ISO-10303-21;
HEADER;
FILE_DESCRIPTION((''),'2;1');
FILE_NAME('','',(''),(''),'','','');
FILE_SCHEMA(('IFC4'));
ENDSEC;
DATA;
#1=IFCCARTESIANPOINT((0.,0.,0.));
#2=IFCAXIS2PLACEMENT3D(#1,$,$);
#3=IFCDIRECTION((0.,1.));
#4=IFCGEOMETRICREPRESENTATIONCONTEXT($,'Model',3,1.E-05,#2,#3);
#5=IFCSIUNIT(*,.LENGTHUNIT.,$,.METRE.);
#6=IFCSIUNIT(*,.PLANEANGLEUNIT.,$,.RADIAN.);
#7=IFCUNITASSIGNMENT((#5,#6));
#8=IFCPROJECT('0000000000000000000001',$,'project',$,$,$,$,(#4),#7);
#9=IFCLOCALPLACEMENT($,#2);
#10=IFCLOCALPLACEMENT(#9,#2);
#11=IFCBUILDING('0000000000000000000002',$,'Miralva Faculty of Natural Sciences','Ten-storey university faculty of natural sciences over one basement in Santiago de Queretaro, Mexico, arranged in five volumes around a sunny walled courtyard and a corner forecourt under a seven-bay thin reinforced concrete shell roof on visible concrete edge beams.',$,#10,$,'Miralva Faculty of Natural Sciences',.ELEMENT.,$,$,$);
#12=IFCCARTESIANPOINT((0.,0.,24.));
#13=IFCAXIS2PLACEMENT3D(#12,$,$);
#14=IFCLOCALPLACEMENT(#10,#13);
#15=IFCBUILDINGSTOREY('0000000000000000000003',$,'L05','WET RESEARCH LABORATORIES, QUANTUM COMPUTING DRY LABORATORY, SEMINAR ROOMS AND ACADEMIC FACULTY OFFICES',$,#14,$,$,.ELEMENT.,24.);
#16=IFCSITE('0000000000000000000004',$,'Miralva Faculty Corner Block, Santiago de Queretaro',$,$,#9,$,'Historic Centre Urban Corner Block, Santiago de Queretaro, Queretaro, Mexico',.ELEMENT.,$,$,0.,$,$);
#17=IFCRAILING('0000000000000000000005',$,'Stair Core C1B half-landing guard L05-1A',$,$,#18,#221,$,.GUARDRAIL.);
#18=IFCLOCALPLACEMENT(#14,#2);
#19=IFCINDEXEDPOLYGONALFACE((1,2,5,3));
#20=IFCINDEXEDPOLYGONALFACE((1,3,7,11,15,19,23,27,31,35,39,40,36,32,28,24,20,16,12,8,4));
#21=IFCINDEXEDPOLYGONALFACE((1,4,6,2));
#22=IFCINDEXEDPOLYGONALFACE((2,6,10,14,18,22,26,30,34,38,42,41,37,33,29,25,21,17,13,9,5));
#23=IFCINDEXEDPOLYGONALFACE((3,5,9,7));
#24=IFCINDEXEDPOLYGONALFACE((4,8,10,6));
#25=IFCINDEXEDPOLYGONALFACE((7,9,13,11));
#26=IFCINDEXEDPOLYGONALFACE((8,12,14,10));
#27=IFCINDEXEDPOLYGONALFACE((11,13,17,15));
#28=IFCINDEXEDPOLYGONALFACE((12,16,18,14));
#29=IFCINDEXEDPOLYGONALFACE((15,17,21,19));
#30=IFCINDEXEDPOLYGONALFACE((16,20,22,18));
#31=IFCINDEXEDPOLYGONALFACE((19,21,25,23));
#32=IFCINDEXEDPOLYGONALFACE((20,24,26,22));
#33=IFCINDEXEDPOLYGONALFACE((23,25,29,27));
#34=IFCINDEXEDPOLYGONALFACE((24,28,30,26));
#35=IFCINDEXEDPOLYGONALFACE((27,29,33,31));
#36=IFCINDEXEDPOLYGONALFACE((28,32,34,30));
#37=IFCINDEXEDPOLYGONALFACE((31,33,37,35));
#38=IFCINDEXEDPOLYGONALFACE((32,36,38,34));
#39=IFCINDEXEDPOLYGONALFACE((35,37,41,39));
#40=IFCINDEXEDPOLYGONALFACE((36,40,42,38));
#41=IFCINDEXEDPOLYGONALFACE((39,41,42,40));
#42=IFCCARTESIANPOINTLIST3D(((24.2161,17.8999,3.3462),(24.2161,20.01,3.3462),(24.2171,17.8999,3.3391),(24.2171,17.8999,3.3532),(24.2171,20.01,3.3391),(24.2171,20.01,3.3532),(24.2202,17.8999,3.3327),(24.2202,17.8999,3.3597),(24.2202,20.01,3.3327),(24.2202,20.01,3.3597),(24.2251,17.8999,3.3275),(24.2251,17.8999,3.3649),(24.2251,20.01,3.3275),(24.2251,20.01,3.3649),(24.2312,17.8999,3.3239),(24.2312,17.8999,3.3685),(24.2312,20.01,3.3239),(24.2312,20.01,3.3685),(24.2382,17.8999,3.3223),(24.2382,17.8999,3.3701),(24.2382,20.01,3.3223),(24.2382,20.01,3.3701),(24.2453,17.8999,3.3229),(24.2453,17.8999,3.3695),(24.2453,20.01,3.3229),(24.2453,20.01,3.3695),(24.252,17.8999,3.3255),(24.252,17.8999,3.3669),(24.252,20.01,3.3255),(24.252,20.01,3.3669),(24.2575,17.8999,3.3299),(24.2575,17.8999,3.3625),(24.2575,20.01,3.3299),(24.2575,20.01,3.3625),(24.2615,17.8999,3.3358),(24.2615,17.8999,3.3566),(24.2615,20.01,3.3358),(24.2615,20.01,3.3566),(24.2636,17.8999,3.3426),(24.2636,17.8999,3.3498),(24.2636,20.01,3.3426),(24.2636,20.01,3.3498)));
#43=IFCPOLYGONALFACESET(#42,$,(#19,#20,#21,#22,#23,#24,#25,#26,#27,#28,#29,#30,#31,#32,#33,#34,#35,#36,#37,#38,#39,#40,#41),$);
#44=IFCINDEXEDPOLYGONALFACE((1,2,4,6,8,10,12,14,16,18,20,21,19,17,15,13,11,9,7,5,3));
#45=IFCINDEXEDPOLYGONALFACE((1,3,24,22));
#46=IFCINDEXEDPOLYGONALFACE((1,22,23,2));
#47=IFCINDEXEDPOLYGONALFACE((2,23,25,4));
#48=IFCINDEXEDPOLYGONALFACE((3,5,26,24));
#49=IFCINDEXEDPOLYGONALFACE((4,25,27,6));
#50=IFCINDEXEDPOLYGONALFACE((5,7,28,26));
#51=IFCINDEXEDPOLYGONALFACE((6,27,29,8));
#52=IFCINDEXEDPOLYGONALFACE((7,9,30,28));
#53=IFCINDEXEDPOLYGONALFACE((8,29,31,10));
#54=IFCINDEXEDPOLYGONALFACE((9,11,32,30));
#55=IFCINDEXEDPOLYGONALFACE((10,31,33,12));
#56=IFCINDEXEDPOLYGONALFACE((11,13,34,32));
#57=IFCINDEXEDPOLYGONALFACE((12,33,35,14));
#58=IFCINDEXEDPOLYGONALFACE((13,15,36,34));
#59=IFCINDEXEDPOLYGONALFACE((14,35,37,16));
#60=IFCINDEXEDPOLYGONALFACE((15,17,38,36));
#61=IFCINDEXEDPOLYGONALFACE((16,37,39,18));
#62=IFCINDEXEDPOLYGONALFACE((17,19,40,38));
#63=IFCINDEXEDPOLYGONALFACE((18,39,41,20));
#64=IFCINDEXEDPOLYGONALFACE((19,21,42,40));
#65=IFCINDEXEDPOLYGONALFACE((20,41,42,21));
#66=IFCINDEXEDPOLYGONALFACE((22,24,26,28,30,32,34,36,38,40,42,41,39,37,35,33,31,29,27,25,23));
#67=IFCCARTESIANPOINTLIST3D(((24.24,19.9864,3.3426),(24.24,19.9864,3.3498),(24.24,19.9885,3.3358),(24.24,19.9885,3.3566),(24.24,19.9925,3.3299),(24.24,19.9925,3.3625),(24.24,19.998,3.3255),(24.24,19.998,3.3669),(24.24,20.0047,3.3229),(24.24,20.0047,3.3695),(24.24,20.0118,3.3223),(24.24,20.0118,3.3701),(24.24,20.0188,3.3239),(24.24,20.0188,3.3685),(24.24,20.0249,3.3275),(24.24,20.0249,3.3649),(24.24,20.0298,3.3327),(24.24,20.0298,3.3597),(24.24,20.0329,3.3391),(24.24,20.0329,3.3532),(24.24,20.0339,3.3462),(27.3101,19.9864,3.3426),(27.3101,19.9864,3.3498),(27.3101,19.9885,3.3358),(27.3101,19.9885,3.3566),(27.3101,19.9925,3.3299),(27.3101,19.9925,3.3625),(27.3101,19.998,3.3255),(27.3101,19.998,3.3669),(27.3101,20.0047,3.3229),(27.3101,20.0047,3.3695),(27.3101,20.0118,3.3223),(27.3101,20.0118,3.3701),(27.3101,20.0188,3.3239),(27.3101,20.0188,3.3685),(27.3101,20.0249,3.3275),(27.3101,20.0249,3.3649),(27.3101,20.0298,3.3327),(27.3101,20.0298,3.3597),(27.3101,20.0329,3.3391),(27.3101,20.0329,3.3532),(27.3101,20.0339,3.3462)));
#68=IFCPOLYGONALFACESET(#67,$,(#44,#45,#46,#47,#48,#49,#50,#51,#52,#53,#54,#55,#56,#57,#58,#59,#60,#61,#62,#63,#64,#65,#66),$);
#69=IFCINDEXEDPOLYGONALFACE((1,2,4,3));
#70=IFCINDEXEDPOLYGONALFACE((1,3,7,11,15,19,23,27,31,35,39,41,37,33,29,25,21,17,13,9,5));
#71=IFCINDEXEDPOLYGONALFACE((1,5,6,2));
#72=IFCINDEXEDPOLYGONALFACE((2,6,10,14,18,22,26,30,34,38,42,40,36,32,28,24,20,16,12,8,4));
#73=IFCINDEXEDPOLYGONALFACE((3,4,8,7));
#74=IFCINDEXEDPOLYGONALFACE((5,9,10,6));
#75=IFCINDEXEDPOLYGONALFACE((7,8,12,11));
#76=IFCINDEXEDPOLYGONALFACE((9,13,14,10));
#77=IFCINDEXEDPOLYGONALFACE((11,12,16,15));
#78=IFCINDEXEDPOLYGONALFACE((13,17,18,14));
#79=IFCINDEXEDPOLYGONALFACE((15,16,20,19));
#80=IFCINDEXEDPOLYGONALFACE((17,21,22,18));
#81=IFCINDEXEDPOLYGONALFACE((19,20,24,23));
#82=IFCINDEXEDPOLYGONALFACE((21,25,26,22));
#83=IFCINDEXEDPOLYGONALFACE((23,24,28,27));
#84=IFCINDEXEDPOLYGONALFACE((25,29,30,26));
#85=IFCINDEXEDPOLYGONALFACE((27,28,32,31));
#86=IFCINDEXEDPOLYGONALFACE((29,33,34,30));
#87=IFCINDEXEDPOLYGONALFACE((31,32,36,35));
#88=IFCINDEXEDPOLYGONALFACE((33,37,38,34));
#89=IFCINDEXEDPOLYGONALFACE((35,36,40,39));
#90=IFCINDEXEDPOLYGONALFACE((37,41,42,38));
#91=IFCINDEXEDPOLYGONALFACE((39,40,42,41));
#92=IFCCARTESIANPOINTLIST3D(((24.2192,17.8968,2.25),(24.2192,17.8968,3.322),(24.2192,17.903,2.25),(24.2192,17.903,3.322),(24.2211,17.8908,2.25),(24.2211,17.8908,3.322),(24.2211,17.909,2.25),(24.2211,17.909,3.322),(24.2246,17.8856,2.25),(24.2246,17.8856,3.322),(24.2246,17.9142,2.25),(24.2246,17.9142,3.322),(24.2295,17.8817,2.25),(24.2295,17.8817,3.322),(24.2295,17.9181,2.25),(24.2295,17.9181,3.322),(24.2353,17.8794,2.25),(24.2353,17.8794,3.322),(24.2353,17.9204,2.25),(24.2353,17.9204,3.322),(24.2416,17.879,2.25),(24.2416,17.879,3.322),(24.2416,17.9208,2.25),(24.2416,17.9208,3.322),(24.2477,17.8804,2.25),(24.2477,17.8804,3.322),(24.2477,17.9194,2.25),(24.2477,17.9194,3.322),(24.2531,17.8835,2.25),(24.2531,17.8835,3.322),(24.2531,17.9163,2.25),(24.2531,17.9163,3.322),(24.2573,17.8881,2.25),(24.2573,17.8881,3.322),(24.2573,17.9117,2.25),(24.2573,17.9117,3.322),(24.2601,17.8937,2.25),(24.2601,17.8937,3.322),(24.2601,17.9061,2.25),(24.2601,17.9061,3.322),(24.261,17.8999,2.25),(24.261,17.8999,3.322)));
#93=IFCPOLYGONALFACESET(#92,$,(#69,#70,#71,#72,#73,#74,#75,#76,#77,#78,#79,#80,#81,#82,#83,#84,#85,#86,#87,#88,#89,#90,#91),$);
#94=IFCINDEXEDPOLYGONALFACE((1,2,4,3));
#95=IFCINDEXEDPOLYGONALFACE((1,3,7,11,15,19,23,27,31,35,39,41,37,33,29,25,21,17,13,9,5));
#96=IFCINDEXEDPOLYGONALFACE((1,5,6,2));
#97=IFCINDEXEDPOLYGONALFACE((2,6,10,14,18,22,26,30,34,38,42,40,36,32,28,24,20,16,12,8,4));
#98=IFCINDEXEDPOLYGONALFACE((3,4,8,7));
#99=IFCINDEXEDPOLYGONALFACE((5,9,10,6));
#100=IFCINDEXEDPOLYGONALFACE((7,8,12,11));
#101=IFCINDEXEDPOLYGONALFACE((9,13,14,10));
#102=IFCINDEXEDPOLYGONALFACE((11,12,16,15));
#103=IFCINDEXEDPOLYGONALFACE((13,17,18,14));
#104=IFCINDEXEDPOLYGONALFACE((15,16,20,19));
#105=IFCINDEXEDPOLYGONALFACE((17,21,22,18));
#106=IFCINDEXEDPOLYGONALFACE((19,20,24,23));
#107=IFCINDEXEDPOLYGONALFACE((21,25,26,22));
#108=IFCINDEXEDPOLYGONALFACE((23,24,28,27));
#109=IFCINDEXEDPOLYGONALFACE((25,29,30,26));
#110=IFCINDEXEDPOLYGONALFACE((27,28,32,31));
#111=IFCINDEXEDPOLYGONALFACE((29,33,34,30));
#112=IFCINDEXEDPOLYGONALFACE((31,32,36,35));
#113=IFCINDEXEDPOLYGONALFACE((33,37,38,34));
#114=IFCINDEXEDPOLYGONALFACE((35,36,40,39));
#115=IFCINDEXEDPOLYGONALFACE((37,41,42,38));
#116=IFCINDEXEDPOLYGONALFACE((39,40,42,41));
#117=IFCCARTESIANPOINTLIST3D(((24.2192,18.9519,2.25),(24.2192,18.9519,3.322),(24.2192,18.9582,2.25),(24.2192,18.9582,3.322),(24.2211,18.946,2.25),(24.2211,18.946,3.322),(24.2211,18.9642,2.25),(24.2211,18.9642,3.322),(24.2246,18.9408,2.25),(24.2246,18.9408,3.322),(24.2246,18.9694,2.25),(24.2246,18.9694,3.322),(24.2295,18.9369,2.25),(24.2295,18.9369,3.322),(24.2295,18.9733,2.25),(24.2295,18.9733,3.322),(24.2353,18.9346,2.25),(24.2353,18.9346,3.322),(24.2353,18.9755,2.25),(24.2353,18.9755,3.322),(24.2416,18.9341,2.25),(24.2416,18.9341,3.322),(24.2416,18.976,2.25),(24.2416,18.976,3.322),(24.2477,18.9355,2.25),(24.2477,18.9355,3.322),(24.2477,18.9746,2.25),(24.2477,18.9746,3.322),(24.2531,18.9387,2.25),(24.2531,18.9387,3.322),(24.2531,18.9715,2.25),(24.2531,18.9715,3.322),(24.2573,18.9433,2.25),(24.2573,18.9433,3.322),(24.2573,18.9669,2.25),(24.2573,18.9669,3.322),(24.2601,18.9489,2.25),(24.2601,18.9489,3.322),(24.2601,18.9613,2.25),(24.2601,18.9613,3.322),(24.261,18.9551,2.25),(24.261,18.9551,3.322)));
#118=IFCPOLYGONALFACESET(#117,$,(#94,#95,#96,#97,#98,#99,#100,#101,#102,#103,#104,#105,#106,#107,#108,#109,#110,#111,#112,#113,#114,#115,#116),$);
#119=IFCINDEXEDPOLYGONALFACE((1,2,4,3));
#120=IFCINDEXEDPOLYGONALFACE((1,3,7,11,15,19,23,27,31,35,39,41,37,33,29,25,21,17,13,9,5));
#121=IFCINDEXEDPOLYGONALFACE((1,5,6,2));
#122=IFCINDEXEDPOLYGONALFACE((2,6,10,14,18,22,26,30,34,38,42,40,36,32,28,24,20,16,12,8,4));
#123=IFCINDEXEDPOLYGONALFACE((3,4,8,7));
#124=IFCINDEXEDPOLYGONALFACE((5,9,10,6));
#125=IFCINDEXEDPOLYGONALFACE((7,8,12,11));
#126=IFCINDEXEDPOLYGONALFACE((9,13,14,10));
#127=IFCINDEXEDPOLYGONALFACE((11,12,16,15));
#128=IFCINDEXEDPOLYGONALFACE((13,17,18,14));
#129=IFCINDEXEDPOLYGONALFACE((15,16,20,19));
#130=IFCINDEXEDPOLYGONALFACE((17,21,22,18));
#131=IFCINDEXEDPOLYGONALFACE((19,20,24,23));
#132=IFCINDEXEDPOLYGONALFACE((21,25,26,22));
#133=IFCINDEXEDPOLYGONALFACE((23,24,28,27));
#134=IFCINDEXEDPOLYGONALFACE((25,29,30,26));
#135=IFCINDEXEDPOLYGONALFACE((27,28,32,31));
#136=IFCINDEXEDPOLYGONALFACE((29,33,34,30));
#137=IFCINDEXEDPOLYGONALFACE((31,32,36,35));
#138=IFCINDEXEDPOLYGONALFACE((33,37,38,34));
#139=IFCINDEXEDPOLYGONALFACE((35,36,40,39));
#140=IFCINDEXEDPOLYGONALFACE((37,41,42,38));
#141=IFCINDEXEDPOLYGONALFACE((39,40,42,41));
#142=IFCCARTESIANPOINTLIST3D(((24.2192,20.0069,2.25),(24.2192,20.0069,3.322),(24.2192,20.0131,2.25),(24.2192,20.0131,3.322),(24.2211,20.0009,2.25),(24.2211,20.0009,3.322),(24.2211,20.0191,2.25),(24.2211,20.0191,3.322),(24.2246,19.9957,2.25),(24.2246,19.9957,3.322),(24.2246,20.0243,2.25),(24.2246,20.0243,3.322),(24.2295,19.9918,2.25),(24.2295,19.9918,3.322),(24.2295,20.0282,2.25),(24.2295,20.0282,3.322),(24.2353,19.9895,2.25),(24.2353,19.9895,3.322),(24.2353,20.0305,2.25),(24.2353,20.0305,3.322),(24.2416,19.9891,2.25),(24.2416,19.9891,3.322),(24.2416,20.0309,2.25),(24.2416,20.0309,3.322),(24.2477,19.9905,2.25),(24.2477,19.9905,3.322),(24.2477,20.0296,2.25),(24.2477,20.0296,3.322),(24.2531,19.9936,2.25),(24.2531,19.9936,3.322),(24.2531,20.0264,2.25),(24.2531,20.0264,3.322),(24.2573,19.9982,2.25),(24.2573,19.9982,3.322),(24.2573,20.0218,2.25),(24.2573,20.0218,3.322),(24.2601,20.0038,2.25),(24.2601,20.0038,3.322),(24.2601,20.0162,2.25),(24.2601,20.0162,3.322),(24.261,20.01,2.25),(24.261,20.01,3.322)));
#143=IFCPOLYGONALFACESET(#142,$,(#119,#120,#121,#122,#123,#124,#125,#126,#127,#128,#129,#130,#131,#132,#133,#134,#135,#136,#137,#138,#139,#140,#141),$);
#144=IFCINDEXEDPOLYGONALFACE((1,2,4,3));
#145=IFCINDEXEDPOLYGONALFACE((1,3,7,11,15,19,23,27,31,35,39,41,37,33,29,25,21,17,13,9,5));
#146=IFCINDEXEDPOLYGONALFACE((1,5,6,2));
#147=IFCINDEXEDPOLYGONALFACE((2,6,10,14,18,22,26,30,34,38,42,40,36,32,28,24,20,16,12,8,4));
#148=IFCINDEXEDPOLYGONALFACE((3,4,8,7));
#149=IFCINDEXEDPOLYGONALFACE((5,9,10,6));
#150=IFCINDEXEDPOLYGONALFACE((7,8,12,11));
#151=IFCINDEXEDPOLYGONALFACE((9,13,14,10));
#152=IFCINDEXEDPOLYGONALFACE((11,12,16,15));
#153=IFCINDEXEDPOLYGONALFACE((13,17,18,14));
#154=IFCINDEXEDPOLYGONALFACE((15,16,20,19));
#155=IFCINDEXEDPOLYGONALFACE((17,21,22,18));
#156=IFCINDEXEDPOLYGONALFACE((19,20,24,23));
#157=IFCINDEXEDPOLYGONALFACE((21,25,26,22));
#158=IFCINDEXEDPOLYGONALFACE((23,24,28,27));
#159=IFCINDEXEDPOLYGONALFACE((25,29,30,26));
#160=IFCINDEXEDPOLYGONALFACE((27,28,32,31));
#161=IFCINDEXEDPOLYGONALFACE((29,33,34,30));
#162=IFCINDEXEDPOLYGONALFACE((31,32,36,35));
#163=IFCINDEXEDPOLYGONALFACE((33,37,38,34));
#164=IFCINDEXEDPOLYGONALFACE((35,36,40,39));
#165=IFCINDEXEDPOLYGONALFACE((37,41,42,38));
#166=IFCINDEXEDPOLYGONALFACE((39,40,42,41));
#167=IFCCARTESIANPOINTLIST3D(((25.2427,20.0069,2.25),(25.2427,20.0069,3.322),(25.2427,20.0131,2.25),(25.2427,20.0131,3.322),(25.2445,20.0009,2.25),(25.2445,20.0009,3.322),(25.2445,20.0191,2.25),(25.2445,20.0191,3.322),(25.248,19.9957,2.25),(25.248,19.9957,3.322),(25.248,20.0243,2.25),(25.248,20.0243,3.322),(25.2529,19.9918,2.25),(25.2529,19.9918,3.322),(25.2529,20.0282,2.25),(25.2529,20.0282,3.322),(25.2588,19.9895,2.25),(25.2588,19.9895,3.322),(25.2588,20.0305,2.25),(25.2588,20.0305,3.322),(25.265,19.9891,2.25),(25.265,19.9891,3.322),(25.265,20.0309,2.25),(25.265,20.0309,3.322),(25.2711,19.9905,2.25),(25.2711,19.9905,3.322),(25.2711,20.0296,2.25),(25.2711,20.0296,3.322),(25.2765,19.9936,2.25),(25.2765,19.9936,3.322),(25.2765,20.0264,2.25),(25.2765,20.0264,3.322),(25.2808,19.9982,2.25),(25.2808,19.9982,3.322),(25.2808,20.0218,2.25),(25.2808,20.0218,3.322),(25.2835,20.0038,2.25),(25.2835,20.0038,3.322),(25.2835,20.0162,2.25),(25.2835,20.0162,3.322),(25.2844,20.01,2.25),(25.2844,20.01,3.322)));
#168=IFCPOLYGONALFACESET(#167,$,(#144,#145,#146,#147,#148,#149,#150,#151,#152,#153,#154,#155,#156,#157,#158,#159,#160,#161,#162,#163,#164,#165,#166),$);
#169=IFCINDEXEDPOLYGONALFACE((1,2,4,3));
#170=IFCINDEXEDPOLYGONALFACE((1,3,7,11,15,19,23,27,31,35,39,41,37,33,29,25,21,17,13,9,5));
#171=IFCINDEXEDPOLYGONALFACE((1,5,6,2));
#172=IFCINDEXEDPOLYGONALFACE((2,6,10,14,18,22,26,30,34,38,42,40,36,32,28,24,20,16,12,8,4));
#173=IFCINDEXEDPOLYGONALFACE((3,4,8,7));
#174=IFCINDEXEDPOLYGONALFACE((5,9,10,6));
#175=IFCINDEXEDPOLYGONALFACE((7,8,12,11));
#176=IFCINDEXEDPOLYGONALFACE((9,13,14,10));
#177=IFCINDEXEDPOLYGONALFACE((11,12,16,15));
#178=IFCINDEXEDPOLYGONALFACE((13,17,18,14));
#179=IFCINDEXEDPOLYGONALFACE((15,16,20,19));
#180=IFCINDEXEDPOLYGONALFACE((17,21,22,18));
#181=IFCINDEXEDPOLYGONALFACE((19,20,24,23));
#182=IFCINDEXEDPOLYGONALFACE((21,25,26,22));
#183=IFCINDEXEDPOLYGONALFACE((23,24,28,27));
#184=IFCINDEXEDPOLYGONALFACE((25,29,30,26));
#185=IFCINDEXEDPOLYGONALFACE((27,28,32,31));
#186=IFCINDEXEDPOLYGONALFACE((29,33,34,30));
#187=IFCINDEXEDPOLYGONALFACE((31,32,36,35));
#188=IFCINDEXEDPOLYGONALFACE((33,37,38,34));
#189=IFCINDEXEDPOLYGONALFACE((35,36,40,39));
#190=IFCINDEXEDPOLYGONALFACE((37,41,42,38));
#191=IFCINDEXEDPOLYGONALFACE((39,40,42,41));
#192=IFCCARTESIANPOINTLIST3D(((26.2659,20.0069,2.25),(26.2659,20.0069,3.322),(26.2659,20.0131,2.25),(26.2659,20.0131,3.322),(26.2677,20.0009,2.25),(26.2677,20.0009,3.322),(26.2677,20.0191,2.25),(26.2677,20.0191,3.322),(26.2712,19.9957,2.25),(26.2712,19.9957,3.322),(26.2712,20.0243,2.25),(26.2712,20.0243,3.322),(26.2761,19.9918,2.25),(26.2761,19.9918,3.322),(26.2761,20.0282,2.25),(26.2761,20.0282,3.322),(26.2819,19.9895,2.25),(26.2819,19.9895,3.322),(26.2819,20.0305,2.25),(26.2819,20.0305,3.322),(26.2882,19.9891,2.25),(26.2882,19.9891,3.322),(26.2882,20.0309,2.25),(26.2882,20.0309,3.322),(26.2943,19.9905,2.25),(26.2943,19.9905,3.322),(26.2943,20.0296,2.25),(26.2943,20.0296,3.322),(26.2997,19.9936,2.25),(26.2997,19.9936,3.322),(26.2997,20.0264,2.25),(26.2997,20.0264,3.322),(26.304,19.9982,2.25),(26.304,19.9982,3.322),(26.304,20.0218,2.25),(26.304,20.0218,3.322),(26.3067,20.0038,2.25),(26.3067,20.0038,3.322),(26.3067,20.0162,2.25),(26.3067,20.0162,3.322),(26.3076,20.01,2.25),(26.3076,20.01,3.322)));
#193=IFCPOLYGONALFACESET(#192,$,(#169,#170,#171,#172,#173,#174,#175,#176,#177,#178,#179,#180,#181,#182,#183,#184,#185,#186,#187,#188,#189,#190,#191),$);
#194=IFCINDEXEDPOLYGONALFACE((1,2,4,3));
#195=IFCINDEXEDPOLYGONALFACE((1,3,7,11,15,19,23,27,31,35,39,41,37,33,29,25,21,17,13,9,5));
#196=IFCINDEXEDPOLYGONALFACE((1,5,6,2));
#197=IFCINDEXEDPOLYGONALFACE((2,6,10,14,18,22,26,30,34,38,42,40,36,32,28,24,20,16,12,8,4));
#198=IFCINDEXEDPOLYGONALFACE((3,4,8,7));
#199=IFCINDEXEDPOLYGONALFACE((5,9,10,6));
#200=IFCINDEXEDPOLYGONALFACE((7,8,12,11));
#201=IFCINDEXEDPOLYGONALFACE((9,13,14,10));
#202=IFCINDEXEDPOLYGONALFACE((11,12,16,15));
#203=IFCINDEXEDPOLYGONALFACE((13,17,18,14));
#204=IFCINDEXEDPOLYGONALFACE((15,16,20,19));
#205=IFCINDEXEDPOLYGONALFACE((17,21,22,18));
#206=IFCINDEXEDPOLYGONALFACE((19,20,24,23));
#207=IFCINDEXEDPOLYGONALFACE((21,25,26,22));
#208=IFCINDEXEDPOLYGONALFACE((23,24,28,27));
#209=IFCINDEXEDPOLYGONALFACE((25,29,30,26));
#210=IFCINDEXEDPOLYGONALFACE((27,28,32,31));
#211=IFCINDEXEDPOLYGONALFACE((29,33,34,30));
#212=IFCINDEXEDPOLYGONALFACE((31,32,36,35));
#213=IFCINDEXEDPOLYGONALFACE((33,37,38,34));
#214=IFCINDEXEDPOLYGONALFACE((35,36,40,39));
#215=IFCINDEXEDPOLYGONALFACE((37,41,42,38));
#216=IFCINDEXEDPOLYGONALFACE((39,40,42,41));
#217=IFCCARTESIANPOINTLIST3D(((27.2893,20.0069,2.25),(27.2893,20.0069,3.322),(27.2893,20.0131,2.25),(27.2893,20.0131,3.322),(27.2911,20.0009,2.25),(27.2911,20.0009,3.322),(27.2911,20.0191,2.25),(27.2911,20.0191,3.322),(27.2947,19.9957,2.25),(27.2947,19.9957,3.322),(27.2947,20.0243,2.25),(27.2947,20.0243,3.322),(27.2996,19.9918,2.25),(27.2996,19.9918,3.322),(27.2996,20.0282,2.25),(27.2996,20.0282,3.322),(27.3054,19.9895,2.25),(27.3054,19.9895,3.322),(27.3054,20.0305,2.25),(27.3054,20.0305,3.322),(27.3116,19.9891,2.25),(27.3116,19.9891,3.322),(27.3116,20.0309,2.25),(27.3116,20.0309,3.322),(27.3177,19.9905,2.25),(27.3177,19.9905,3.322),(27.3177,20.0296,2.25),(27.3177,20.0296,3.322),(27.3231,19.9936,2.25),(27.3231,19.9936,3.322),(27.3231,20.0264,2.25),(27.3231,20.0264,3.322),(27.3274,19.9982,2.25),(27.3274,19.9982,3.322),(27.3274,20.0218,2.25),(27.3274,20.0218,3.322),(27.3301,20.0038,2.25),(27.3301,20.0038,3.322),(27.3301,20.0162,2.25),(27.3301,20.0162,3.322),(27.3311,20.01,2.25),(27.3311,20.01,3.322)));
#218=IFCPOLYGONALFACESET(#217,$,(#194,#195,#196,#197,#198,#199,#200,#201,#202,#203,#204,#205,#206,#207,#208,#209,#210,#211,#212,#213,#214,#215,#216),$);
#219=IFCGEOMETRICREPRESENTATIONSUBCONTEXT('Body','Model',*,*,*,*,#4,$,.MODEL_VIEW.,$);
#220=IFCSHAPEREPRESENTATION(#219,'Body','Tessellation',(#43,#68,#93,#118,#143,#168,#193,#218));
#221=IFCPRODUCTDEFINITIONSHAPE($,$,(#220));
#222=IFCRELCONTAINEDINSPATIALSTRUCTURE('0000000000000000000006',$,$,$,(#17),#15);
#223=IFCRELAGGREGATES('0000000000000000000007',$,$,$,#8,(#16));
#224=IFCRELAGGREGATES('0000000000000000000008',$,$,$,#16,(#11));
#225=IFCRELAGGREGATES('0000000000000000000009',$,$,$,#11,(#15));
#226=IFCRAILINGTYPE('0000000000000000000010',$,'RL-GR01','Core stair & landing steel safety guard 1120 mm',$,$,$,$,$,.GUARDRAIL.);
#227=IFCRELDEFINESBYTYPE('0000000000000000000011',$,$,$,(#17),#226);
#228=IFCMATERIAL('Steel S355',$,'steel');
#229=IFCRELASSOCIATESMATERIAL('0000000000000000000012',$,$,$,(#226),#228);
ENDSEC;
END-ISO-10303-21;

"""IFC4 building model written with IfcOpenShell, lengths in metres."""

from ifc_helpers import new_model, si_unit, direction, frame, origin, origin_2d, place, context, subcontext, project, spatial, circle, extrude, material, type_object, element, save


model = new_model("IFC4")

# Units and contexts
model_context = context("Model", 3, precision=1e-05, world=origin(), true_north=direction((0.0, 1.0)))
body_context = subcontext(model_context, "Body", "Model", "MODEL_VIEW")
ifc_project = project(units=[si_unit("LENGTHUNIT", "METRE"), si_unit("PLANEANGLEUNIT", "RADIAN")], contexts=[model_context])

# Site, building, storey
site_placement = place(None, origin())
site = spatial("IfcSite", under=ifc_project, at=site_placement, Name="Miralva Faculty Corner Block, Santiago de Queretaro", LongName="Historic Centre Urban Corner Block, Santiago de Queretaro, Queretaro, Mexico", CompositionType="ELEMENT", RefElevation=0.0)
building_placement = place(site_placement, origin())
building = spatial("IfcBuilding", under=site, at=building_placement, Name="Miralva Faculty of Natural Sciences", Description="Ten-storey university faculty of natural sciences over one basement in Santiago de Queretaro, Mexico, arranged in five volumes around a sunny walled courtyard and a corner forecourt under a seven-bay thin reinforced concrete shell roof on visible concrete edge beams.", LongName="Miralva Faculty of Natural Sciences", CompositionType="ELEMENT")
storey_placement = place(building_placement, frame((0.0, 0.0, 24.0)))
storey = spatial("IfcBuildingStorey", under=building, at=storey_placement, Name="L05", Description="WET RESEARCH LABORATORIES, QUANTUM COMPUTING DRY LABORATORY, SEMINAR ROOMS AND ACADEMIC FACULTY OFFICES", CompositionType="ELEMENT", Elevation=24.0)

# Railing
ifc_material_1 = material(Name="Steel S355", Category="steel")
railing_type_1 = type_object("IfcRailingType", Name="RL-GR01", Description="Core stair & landing steel safety guard 1120 mm", PredefinedType="GUARDRAIL", material=ifc_material_1)
railing_1_placement = place(storey_placement, frame((24.24, 17.8999, 2.25)))
element("IfcRailing", 1, at=railing_1_placement, inside=storey, type_object=railing_type_1, Name="Stair Core C1B half-landing guard L05-1A", PredefinedType="GUARDRAIL", context=body_context, shape_type="SweptSolid", body=[
    extrude(circle(Radius=0.0239, at=origin_2d()), frame((0.0, 0.0, 1.0962), z_axis=(0.0, 1.0, 0.0), x_axis=(-1.0, 0.0, 0.0)), (0.0, 0.0, 1.0), 2.1101),
    extrude(circle(Radius=0.0239, at=origin_2d()), frame((0.0, 2.1101, 1.0962), z_axis=(1.0, 0.0, 0.0), x_axis=(0.0, 1.0, 0.0)), (0.0, 0.0, 1.0), 3.0701),
    extrude(circle(Radius=0.021, at=origin_2d()), origin(), (0.0, 0.0, 1.0), 1.072),
    extrude(circle(Radius=0.021, at=origin_2d()), frame((0.0, 1.0552, 0.0)), (0.0, 0.0, 1.0), 1.072),
    extrude(circle(Radius=0.021, at=origin_2d()), frame((0.0, 2.1101, 0.0)), (0.0, 0.0, 1.0), 1.072),
    extrude(circle(Radius=0.021, at=origin_2d()), frame((1.0234, 2.1101, 0.0)), (0.0, 0.0, 1.0), 1.072),
    extrude(circle(Radius=0.021, at=origin_2d()), frame((2.0466, 2.1101, 0.0)), (0.0, 0.0, 1.0), 1.072),
    extrude(circle(Radius=0.021, at=origin_2d()), frame((3.0701, 2.1101, 0.0)), (0.0, 0.0, 1.0), 1.072),
])

save(model, "model.ifc")
